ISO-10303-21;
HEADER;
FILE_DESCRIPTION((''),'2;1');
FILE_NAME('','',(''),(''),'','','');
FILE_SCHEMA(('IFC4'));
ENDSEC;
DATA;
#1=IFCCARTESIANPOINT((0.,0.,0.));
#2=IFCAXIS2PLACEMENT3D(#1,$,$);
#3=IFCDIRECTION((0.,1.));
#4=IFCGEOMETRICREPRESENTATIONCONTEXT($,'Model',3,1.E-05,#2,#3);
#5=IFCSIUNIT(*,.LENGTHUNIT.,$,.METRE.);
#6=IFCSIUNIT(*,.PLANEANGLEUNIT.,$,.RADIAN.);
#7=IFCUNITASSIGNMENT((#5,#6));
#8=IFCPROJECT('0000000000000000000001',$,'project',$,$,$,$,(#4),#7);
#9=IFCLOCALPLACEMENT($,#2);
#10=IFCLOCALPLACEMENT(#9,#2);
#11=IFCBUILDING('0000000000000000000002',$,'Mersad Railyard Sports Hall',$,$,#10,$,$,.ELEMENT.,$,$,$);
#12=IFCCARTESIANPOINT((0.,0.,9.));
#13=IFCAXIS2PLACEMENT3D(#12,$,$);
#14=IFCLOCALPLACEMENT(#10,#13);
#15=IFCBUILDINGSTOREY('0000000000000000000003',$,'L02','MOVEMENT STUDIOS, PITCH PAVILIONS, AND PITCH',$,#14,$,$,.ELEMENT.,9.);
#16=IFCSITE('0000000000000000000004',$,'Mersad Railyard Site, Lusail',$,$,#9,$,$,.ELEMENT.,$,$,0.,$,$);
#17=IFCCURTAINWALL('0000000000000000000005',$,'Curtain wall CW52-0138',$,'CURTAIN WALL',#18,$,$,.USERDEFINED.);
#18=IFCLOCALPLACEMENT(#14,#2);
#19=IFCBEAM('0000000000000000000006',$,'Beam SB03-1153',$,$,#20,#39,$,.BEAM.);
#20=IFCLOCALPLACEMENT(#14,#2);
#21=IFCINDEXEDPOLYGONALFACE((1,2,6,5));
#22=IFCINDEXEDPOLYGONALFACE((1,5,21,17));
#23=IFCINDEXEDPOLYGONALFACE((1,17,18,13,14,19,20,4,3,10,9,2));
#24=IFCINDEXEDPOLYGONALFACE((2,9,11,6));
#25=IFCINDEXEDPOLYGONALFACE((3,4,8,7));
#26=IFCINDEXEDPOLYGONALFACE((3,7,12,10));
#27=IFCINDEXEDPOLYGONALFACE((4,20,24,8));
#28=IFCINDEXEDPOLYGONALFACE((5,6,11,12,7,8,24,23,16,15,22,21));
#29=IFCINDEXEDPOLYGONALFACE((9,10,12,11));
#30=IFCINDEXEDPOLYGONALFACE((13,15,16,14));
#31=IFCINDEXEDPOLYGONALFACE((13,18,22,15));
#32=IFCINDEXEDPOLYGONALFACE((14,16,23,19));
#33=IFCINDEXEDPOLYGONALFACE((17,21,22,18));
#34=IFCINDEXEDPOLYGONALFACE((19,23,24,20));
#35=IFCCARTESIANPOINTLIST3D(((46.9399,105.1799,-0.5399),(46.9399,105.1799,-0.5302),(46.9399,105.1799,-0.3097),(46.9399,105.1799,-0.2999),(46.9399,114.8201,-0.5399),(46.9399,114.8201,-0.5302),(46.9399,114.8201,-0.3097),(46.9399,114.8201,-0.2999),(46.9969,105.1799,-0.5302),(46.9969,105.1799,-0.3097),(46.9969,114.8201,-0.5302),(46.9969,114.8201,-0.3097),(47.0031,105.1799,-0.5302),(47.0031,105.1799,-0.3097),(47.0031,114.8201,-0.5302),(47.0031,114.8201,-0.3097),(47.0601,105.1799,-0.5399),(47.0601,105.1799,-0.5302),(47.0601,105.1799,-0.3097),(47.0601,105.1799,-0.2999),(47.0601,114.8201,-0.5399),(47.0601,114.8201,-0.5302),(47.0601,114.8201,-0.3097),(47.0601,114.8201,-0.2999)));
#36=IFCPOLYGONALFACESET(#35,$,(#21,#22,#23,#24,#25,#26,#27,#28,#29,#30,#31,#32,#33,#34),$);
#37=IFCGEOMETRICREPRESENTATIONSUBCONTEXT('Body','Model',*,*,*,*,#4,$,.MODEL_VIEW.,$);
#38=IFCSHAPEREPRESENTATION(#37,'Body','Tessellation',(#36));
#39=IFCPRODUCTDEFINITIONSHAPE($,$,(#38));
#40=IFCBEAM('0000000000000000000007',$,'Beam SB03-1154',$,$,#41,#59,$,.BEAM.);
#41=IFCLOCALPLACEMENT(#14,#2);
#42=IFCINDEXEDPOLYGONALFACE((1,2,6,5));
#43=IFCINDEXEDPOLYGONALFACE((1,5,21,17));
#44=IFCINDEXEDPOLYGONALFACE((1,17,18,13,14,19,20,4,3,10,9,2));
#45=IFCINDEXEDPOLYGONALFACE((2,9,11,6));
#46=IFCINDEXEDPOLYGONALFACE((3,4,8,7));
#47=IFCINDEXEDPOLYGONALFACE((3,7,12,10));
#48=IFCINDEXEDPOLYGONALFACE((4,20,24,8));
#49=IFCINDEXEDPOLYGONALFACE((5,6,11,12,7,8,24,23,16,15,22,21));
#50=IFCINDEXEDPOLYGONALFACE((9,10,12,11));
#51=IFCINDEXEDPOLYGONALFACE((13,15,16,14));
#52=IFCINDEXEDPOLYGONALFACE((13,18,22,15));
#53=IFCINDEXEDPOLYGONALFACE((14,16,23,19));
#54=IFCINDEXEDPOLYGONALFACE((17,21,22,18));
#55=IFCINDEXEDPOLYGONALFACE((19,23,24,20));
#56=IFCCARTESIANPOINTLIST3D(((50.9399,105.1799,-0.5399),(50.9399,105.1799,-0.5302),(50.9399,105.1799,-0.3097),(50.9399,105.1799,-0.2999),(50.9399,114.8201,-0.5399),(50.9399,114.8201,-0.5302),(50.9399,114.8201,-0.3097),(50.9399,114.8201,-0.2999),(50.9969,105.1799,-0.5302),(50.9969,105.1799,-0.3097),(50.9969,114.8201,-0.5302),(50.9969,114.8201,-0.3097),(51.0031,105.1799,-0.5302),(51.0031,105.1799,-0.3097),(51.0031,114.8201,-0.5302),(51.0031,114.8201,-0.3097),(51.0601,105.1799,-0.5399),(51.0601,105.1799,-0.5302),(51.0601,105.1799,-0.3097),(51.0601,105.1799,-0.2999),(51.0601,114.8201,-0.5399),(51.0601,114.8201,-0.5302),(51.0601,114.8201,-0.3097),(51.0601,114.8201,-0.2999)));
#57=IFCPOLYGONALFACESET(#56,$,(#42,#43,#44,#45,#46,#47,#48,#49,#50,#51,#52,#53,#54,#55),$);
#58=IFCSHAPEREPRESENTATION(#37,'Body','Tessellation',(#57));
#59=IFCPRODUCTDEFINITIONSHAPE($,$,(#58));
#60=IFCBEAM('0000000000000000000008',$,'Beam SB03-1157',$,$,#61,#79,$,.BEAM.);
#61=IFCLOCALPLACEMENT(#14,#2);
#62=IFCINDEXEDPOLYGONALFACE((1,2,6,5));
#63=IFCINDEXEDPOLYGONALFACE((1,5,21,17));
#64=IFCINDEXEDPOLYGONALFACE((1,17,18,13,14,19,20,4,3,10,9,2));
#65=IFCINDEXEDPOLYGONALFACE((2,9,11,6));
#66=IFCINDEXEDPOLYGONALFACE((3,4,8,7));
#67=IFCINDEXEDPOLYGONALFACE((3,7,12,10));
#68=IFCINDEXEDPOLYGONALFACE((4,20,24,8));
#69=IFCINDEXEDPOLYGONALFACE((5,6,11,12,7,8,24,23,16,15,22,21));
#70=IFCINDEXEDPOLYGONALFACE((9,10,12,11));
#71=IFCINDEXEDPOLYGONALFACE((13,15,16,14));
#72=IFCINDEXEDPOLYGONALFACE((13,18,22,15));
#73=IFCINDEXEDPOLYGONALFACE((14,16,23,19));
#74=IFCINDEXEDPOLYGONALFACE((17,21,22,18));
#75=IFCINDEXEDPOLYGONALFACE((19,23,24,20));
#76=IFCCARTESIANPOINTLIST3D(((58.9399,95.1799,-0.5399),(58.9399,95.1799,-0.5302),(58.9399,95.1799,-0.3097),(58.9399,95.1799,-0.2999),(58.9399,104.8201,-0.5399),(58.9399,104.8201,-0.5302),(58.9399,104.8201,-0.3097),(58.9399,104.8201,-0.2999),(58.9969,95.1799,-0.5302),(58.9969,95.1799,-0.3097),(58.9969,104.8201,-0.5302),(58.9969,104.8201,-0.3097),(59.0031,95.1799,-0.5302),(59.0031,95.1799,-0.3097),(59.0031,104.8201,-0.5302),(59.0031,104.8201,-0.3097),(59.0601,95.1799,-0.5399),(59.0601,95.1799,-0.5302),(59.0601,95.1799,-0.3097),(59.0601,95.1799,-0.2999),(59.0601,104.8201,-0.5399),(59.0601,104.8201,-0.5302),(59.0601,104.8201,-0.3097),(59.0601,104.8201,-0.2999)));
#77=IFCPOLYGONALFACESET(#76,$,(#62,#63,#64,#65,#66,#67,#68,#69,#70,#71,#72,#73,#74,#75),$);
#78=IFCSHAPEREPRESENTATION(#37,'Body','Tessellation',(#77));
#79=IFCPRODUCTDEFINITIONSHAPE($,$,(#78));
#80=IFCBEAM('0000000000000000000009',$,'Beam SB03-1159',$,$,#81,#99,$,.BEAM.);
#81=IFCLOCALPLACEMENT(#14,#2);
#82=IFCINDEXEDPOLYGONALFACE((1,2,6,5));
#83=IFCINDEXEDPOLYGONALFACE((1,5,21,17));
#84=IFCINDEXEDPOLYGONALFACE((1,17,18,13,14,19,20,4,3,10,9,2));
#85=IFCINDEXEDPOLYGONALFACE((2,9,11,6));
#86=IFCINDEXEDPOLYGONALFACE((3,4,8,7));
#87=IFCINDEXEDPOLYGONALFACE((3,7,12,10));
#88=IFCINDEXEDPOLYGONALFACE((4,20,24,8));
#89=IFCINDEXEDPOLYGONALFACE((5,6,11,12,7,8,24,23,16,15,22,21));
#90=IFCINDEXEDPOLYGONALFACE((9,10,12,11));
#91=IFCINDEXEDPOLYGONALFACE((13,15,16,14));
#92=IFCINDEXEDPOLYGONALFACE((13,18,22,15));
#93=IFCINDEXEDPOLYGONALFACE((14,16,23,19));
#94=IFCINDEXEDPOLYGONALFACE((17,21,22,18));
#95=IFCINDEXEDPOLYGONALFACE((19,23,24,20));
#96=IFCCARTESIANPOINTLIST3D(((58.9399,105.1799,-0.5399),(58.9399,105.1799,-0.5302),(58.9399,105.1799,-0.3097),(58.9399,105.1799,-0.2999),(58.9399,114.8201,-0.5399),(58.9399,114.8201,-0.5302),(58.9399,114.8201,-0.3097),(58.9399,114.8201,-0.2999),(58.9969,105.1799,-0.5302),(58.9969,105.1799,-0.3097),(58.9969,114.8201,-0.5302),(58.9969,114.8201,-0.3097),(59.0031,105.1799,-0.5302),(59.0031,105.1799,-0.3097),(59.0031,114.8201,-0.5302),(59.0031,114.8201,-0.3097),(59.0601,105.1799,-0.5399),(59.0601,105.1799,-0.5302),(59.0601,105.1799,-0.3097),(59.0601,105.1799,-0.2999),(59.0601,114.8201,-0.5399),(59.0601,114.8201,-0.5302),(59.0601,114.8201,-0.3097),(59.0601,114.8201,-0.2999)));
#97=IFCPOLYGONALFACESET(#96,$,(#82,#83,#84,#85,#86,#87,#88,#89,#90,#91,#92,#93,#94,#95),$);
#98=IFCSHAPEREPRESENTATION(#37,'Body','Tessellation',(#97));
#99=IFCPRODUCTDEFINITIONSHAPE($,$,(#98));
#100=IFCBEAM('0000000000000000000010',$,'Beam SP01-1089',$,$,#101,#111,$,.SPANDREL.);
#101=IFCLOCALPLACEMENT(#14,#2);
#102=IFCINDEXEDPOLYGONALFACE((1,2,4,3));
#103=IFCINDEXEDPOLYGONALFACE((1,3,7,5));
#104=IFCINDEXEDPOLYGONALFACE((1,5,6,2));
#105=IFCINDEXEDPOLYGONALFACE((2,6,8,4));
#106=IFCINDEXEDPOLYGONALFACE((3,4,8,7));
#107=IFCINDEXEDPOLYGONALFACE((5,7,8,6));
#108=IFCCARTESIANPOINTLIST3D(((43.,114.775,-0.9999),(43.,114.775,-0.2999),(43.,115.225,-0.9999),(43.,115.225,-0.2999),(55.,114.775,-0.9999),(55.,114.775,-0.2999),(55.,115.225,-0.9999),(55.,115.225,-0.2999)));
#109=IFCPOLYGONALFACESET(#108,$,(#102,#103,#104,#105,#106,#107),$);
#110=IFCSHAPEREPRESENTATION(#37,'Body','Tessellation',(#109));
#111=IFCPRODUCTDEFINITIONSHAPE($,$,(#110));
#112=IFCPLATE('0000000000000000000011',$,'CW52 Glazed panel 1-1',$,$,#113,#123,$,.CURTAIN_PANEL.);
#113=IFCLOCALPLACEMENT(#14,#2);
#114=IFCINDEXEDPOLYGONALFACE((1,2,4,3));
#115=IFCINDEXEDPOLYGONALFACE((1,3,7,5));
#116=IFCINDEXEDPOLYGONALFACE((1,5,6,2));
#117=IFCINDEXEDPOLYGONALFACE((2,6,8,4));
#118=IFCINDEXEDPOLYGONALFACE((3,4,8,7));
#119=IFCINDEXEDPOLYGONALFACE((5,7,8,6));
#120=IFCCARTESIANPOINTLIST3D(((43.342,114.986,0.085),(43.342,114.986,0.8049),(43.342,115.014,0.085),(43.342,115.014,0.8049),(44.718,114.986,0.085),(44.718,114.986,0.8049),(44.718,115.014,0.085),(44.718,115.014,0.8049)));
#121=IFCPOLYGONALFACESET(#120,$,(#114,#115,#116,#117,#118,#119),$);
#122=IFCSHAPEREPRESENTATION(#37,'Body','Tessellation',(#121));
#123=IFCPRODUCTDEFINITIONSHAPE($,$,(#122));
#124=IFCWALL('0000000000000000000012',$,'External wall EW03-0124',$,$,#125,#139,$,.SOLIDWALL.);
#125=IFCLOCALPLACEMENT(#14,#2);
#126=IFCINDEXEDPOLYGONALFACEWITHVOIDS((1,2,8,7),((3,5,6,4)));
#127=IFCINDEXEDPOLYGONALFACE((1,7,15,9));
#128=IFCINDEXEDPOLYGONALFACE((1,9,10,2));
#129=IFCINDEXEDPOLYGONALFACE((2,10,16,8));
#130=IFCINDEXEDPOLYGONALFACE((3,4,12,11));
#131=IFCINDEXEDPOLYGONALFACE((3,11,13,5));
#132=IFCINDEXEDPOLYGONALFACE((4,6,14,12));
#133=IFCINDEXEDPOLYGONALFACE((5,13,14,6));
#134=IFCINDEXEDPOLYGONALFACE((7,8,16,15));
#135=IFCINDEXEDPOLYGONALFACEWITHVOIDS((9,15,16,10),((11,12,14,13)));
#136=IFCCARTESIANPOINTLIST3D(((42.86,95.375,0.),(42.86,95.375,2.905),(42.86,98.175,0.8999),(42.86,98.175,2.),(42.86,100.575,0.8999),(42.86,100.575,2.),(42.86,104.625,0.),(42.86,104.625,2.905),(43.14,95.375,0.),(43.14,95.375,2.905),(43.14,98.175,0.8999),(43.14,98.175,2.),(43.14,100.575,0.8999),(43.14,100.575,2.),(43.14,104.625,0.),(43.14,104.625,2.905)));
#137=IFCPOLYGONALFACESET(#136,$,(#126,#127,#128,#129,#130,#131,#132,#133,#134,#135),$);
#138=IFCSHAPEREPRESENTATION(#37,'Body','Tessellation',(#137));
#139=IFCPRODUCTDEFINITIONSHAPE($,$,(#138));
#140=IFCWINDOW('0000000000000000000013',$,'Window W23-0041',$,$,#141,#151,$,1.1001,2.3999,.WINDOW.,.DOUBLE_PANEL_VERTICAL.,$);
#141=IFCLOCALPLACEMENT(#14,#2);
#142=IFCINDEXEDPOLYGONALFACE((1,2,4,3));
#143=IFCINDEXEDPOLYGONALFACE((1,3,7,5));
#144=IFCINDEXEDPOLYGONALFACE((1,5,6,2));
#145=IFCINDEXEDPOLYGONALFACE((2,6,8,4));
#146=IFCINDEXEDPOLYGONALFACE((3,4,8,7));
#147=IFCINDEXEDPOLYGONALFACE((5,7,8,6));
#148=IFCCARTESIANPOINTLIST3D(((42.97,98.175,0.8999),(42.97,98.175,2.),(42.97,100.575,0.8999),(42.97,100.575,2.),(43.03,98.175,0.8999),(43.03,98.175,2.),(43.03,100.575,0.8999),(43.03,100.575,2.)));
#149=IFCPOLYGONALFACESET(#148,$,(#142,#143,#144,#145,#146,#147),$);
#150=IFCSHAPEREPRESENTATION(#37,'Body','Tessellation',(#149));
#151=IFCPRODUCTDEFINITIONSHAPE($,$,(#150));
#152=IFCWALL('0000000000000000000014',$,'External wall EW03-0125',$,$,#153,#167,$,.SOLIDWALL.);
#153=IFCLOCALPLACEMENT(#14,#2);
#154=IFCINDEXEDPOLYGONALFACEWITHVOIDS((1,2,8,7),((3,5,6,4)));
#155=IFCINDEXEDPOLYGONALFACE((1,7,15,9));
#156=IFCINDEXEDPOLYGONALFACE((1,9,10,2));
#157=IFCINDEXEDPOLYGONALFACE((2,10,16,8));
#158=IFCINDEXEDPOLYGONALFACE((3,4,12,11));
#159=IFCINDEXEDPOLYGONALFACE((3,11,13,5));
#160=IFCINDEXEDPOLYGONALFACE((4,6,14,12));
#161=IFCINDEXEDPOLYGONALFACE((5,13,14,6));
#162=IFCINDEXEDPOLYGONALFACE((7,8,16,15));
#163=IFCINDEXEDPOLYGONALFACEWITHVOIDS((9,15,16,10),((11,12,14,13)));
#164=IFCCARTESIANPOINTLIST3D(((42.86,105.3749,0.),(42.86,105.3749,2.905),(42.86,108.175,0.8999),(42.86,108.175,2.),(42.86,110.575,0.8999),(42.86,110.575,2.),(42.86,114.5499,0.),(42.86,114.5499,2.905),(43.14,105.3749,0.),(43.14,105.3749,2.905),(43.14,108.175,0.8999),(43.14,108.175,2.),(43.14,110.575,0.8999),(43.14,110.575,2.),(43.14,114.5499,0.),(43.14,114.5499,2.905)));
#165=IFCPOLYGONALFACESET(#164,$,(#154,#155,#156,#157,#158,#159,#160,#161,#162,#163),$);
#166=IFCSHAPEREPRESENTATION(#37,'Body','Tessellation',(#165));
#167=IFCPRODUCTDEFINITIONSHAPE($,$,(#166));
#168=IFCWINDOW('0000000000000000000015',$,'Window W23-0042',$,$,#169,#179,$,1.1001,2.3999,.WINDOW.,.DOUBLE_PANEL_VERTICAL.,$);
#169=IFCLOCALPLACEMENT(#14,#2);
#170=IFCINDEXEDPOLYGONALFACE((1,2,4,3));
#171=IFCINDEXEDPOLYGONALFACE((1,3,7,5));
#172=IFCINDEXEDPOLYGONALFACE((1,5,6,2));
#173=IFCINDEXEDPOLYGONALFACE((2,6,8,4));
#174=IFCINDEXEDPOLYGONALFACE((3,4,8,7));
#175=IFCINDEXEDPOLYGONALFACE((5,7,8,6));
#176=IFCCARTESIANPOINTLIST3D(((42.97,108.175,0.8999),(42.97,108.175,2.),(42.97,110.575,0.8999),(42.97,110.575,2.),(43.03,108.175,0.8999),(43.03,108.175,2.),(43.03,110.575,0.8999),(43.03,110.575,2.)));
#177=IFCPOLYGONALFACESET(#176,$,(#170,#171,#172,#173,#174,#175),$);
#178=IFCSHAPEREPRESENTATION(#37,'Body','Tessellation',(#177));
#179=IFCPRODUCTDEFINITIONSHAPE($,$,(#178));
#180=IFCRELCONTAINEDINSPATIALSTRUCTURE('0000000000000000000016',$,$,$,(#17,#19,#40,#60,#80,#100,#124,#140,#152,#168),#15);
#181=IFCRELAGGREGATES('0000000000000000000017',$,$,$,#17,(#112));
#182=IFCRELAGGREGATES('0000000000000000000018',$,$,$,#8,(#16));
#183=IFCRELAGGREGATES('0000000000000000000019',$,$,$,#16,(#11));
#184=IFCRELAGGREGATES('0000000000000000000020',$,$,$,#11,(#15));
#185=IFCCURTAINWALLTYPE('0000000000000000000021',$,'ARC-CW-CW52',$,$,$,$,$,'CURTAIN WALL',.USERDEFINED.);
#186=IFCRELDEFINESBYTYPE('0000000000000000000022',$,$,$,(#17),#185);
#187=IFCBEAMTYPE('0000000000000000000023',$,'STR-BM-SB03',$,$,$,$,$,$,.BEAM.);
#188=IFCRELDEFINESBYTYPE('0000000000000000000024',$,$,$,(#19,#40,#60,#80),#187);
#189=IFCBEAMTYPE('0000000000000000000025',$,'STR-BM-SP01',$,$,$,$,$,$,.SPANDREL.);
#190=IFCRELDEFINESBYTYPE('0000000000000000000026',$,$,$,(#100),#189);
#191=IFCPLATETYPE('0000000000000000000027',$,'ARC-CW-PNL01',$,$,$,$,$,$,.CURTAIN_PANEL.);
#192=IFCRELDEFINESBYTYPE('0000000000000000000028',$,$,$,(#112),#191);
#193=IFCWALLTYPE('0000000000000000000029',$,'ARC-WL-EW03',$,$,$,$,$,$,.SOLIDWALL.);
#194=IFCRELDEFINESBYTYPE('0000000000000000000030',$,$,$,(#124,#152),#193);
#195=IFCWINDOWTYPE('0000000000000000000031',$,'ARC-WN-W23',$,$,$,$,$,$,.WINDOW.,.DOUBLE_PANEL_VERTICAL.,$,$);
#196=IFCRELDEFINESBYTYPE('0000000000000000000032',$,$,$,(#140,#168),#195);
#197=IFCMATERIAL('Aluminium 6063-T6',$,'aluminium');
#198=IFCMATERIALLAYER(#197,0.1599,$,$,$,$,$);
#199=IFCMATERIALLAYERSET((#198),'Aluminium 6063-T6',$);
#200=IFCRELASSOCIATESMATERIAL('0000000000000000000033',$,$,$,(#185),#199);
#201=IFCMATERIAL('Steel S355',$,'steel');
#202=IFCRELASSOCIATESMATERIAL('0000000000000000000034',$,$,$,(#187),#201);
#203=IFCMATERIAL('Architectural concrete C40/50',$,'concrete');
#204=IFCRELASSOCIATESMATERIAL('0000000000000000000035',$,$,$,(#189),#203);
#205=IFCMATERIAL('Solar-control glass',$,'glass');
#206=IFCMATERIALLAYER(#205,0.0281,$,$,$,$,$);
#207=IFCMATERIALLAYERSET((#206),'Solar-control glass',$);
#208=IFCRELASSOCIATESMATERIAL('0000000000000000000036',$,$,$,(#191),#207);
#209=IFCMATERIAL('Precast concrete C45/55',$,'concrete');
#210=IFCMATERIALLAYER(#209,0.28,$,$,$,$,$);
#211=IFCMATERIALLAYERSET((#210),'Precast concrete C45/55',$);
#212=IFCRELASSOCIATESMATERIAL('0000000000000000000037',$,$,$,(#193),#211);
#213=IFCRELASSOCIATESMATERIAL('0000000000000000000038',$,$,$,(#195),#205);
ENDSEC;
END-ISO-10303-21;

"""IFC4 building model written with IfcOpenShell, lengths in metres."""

from ifc_helpers import new_model, si_unit, direction, frame, frame_2d, origin, origin_2d, place, context, subcontext, project, spatial, rectangle, i_section, extrude, material, layer, layer_set, material_profile, profile_set, type_object, element, fill, aggregate, save


model = new_model("IFC4")

# Units and contexts
model_context = context("Model", 3, precision=1e-05, world=origin(), true_north=direction((0.0, 1.0)))
body_context = subcontext(model_context, "Body", "Model", "MODEL_VIEW")
ifc_project = project(units=[si_unit("LENGTHUNIT", "METRE"), si_unit("PLANEANGLEUNIT", "RADIAN")], contexts=[model_context])

# Site, building, storey
site_placement = place(None, origin())
site = spatial("IfcSite", under=ifc_project, at=site_placement, Name="Mersad Railyard Site, Lusail", CompositionType="ELEMENT", RefElevation=0.0)
building_placement = place(site_placement, origin())
building = spatial("IfcBuilding", under=site, at=building_placement, Name="Mersad Railyard Sports Hall", CompositionType="ELEMENT")
storey_placement = place(building_placement, frame((0.0, 0.0, 9.0)))
storey = spatial("IfcBuildingStorey", under=building, at=storey_placement, Name="L02", Description="MOVEMENT STUDIOS, PITCH PAVILIONS, AND PITCH", CompositionType="ELEMENT", Elevation=9.0)

# Curtain wall
ifc_material_1 = material(Name="Aluminium 6063-T6", Category="aluminium")
ifc_layer_1 = layer(ifc_material_1, 0.1599)
ifc_layer_set_1 = layer_set([ifc_layer_1], Name="Aluminium 6063-T6")
curtain_wall_type = type_object("IfcCurtainWallType", Name="ARC-CW-CW52", ElementType="CURTAIN WALL", PredefinedType="USERDEFINED", material=ifc_layer_set_1)
curtain_wall_placement = place(storey_placement, origin())
curtain_wall = element("IfcCurtainWall", 1, at=curtain_wall_placement, inside=storey, type_object=curtain_wall_type, Name="Curtain wall CW52-0138", ObjectType="CURTAIN WALL", PredefinedType="USERDEFINED")

# Beams
ifc_material_2 = material(Name="Steel S355", Category="steel")
ifc_material_profile_1 = material_profile(ifc_material_2, i_section(OverallWidth=0.1201, OverallDepth=0.24, WebThickness=0.0061, FlangeThickness=0.0098, at=origin_2d()), Name="IPE 240")
ifc_profile_set_1 = profile_set([ifc_material_profile_1], Name="Steel S355")
beam_type_1 = type_object("IfcBeamType", Name="STR-BM-SB03", PredefinedType="BEAM", material=ifc_profile_set_1)
for number, where, z_axis, x_axis, name in (
    (2, (47.0, 105.1799, -0.4199), (0.0, 1.0, 0.0), (-1.0, 0.0, 0.0), "Beam SB03-1153"),
    (3, (51.0, 105.1799, -0.4199), (0.0, 1.0, 0.0), (-1.0, 0.0, 0.0), "Beam SB03-1154"),
    (4, (59.0, 95.1799, -0.4199), (0.0, 1.0, 0.0), (-1.0, 0.0, 0.0), "Beam SB03-1157"),
    (5, (59.0, 105.1799, -0.4199), (0.0, 1.0, 0.0), (-1.0, 0.0, 0.0), "Beam SB03-1159"),
):
    element("IfcBeam", number, at=place(storey_placement, frame(where, z_axis=z_axis, x_axis=x_axis)), inside=storey, type_object=beam_type_1, Name=name, PredefinedType="BEAM", context=body_context, shape_type="SweptSolid", body=[
        extrude(i_section(OverallWidth=0.1201, OverallDepth=0.24, WebThickness=0.0061, FlangeThickness=0.0098, at=origin_2d()), origin(), (0.0, 0.0, 1.0), 9.6401),
    ])
ifc_material_3 = material(Name="Architectural concrete C40/50", Category="concrete")
ifc_material_profile_2 = material_profile(ifc_material_3, rectangle(XDim=0.45, YDim=0.7, at=origin_2d()), Name="RC 450x700")
ifc_profile_set_2 = profile_set([ifc_material_profile_2], Name="Architectural concrete C40/50")
beam_type_2 = type_object("IfcBeamType", Name="STR-BM-SP01", PredefinedType="SPANDREL", material=ifc_profile_set_2)
beam_placement = place(storey_placement, frame((43.0, 115.0, -0.6499), z_axis=(1.0, 0.0, 0.0), x_axis=(0.0, 1.0, 0.0)))
element("IfcBeam", 6, at=beam_placement, inside=storey, type_object=beam_type_2, Name="Beam SP01-1089", PredefinedType="SPANDREL", context=body_context, shape_type="SweptSolid", body=[
    extrude(rectangle(XDim=0.45, YDim=0.7, at=origin_2d()), origin(), (0.0, 0.0, 1.0), 12.0),
])

# Plate
ifc_material_4 = material(Name="Solar-control glass", Category="glass")
ifc_layer_2 = layer(ifc_material_4, 0.0281)
ifc_layer_set_2 = layer_set([ifc_layer_2], Name="Solar-control glass")
plate_type = type_object("IfcPlateType", Name="ARC-CW-PNL01", PredefinedType="CURTAIN_PANEL", material=ifc_layer_set_2)
plate_placement = place(storey_placement, frame((44.03, 115.0, 0.085), z_axis=(0.0, 0.0, 1.0), x_axis=(1.0, 0.0, 0.0)))
plate = element("IfcPlate", 7, at=plate_placement, type_object=plate_type, Name="CW52 Glazed panel 1-1", PredefinedType="CURTAIN_PANEL", context=body_context, shape_type="SweptSolid", body=[
    extrude(rectangle(XDim=1.376, YDim=0.0281, at=origin_2d()), origin(), (0.0, 0.0, 1.0), 0.72),
])
aggregate(curtain_wall, [plate])

# Walls, openings, windows
ifc_material_5 = material(Name="Precast concrete C45/55", Category="concrete")
ifc_layer_3 = layer(ifc_material_5, 0.28)
ifc_layer_set_3 = layer_set([ifc_layer_3], Name="Precast concrete C45/55")
wall_type_1 = type_object("IfcWallType", Name="ARC-WL-EW03", PredefinedType="SOLIDWALL", material=ifc_layer_set_3)
wall_1_placement = place(storey_placement, frame((43.0, 95.375, 0.0), z_axis=(0.0, 0.0, 1.0), x_axis=(0.0, 1.0, 0.0)))
wall_1 = element("IfcWall", 8, at=wall_1_placement, inside=storey, type_object=wall_type_1, Name="External wall EW03-0124", PredefinedType="SOLIDWALL", context=body_context, shape_type="SweptSolid", body=[
    extrude(rectangle(XDim=9.25, YDim=0.28, at=frame_2d((4.625, 0.0))), origin(), (0.0, 0.0, 1.0), 2.905),
])
opening_1_placement = place(wall_1_placement, frame((2.8, 0.0, 0.8999)))
opening_1 = element("IfcOpeningElement", 9, at=opening_1_placement, cuts=wall_1, PredefinedType="OPENING", context=body_context, shape_type="SweptSolid", body=[
    extrude(rectangle(XDim=2.3999, YDim=1.1001, at=frame_2d((1.2, 0.55))), frame((0.0, 0.1499, 0.0), z_axis=(0.0, -1.0, 0.0), x_axis=(1.0, 0.0, 0.0)), (0.0, 0.0, 1.0), 0.3),
])
window_type = type_object("IfcWindowType", Name="ARC-WN-W23", PartitioningType="DOUBLE_PANEL_VERTICAL", PredefinedType="WINDOW", material=ifc_material_4)
window_1_placement = place(opening_1_placement, origin())
window_1 = element("IfcWindow", 10, at=window_1_placement, inside=storey, type_object=window_type, Name="Window W23-0041", OverallHeight=1.1001, OverallWidth=2.3999, PartitioningType="DOUBLE_PANEL_VERTICAL", PredefinedType="WINDOW", context=body_context, shape_type="SweptSolid", body=[
    extrude(rectangle(XDim=2.3999, YDim=1.1001, at=frame_2d((1.2, 0.55))), frame((0.0, 0.03, 0.0), z_axis=(0.0, -1.0, 0.0), x_axis=(1.0, 0.0, 0.0)), (0.0, 0.0, 1.0), 0.0601),
])
fill(opening_1, window_1)
wall_2_placement = place(storey_placement, frame((43.0, 105.375, 0.0), z_axis=(0.0, 0.0, 1.0), x_axis=(0.0, 1.0, 0.0)))
wall_2 = element("IfcWall", 11, at=wall_2_placement, inside=storey, type_object=wall_type_1, Name="External wall EW03-0125", PredefinedType="SOLIDWALL", context=body_context, shape_type="SweptSolid", body=[
    extrude(rectangle(XDim=9.175, YDim=0.28, at=frame_2d((4.5874, 0.0))), origin(), (0.0, 0.0, 1.0), 2.905),
])
opening_2_placement = place(wall_2_placement, frame((2.8, 0.0, 0.8999)))
opening_2 = element("IfcOpeningElement", 12, at=opening_2_placement, cuts=wall_2, PredefinedType="OPENING", context=body_context, shape_type="SweptSolid", body=[
    extrude(rectangle(XDim=2.3999, YDim=1.1001, at=frame_2d((1.2, 0.55))), frame((0.0, 0.1499, 0.0), z_axis=(0.0, -1.0, 0.0), x_axis=(1.0, 0.0, 0.0)), (0.0, 0.0, 1.0), 0.3),
])
window_2_placement = place(opening_2_placement, origin())
window_2 = element("IfcWindow", 13, at=window_2_placement, inside=storey, type_object=window_type, Name="Window W23-0042", OverallHeight=1.1001, OverallWidth=2.3999, PartitioningType="DOUBLE_PANEL_VERTICAL", PredefinedType="WINDOW", context=body_context, shape_type="SweptSolid", body=[
    extrude(rectangle(XDim=2.3999, YDim=1.1001, at=frame_2d((1.2, 0.55))), frame((0.0, 0.03, 0.0), z_axis=(0.0, -1.0, 0.0), x_axis=(1.0, 0.0, 0.0)), (0.0, 0.0, 1.0), 0.0601),
])
fill(opening_2, window_2)

save(model, "model.ifc")
